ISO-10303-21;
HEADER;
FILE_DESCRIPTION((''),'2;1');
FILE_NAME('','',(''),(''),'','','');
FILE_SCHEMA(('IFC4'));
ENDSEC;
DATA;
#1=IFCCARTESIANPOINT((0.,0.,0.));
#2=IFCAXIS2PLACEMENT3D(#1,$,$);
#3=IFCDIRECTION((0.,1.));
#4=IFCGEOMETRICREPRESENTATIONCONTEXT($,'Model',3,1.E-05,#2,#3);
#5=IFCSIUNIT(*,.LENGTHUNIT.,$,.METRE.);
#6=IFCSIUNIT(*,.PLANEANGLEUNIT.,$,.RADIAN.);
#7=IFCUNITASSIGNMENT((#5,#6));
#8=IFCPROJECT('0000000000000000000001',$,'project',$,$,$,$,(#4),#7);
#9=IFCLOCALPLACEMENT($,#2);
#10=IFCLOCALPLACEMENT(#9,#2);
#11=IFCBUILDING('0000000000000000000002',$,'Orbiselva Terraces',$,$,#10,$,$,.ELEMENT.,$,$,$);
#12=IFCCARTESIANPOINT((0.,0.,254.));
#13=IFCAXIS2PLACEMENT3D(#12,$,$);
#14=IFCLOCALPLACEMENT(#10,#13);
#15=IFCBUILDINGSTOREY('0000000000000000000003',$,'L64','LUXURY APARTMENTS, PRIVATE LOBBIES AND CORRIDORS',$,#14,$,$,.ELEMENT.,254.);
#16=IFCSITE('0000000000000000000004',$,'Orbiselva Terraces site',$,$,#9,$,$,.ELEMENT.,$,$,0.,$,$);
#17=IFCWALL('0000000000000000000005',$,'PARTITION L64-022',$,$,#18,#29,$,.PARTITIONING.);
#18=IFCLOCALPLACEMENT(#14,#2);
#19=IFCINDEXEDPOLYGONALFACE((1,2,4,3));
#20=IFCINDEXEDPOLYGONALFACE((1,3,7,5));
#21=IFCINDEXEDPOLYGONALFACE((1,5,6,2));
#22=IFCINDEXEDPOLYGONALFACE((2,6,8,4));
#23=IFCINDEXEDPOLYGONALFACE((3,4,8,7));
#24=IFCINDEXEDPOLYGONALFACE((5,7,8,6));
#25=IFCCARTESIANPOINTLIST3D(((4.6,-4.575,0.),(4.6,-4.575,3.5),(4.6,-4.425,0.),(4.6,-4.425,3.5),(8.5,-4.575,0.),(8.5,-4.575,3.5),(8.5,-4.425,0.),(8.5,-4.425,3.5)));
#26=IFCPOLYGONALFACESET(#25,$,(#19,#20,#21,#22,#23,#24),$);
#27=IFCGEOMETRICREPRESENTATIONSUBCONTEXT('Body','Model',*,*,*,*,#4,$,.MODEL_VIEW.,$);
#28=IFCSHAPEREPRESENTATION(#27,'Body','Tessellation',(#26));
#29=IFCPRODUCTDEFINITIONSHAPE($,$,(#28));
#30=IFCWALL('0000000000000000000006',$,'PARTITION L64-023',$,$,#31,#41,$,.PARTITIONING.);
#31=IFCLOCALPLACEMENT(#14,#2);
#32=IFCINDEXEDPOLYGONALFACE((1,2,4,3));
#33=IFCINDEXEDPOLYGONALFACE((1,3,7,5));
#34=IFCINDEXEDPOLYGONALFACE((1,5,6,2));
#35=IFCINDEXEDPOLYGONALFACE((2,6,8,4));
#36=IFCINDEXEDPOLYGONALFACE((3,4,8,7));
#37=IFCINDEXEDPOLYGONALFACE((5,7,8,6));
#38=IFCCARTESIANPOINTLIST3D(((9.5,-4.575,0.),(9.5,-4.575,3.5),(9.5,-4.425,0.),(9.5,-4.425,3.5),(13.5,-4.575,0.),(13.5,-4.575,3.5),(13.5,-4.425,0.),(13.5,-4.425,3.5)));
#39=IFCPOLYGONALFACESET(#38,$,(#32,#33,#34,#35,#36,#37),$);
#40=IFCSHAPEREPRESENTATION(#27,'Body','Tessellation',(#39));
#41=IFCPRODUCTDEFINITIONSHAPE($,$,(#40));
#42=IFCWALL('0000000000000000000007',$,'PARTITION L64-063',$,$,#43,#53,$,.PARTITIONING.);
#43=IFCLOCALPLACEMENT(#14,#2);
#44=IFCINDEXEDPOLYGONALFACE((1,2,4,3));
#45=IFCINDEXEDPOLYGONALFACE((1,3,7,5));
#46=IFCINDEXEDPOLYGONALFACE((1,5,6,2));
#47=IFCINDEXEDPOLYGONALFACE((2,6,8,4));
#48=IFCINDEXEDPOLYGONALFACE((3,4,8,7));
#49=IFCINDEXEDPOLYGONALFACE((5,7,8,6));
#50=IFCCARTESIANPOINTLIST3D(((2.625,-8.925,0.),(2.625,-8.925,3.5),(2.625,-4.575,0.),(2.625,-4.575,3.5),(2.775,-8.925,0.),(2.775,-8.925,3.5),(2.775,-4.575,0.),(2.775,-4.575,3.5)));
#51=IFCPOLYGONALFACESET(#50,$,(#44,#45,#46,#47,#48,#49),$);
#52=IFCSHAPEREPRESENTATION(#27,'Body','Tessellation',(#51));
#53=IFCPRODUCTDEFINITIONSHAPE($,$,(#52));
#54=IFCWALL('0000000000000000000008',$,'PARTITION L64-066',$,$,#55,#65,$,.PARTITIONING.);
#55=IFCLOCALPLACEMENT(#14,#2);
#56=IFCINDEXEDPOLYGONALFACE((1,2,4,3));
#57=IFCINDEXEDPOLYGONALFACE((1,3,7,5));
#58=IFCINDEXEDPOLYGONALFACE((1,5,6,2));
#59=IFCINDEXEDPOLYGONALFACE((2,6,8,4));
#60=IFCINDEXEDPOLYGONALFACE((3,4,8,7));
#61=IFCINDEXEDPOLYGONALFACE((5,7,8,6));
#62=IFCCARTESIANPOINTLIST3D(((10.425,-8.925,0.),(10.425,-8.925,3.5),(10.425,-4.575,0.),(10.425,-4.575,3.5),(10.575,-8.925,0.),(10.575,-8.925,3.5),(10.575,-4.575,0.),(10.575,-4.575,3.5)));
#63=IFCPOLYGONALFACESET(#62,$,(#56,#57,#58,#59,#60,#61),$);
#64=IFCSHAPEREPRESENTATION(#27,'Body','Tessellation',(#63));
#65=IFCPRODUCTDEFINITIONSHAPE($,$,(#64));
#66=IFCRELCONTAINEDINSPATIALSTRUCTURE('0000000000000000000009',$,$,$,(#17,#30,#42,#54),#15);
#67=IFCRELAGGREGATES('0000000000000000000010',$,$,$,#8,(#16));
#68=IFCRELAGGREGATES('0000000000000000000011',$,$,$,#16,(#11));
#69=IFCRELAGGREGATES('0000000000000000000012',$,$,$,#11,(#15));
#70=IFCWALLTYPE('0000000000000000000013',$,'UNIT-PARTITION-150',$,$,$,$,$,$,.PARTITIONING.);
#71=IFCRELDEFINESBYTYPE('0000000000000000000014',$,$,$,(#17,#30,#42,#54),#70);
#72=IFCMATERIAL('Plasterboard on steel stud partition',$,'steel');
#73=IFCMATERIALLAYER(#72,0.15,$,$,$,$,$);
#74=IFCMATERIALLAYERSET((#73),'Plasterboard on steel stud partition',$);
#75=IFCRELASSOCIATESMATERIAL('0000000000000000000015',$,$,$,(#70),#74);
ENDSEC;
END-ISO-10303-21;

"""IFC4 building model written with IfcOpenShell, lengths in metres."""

from ifc_helpers import new_model, si_unit, direction, frame, frame_2d, origin, place, context, subcontext, project, spatial, rectangle, extrude, material, layer, layer_set, type_object, element, save


model = new_model("IFC4")

# Units and contexts
model_context = context("Model", 3, precision=1e-05, world=origin(), true_north=direction((0.0, 1.0)))
body_context = subcontext(model_context, "Body", "Model", "MODEL_VIEW")
ifc_project = project(units=[si_unit("LENGTHUNIT", "METRE"), si_unit("PLANEANGLEUNIT", "RADIAN")], contexts=[model_context])

# Site, building, storey
site_placement = place(None, origin())
site = spatial("IfcSite", under=ifc_project, at=site_placement, Name="Orbiselva Terraces site", CompositionType="ELEMENT", RefElevation=0.0)
building_placement = place(site_placement, origin())
building = spatial("IfcBuilding", under=site, at=building_placement, Name="Orbiselva Terraces", CompositionType="ELEMENT")
storey_placement = place(building_placement, frame((0.0, 0.0, 254.0)))
storey = spatial("IfcBuildingStorey", under=building, at=storey_placement, Name="L64", Description="LUXURY APARTMENTS, PRIVATE LOBBIES AND CORRIDORS", CompositionType="ELEMENT", Elevation=254.0)

# Shared definitions
ifc_material_1 = material(Name="Plasterboard on steel stud partition", Category="steel")
ifc_layer_1 = layer(ifc_material_1, 0.15)
ifc_layer_set_1 = layer_set([ifc_layer_1], Name="Plasterboard on steel stud partition")
wall_type_1 = type_object("IfcWallType", Name="UNIT-PARTITION-150", PredefinedType="PARTITIONING", material=ifc_layer_set_1)

# Walls
wall_1_placement = place(storey_placement, frame((4.6, -4.5, 0.0), z_axis=(0.0, 0.0, 1.0), x_axis=(1.0, 0.0, 0.0)))
element("IfcWall", 1, at=wall_1_placement, inside=storey, type_object=wall_type_1, Name="PARTITION L64-022", PredefinedType="PARTITIONING", context=body_context, shape_type="SweptSolid", body=[
    extrude(rectangle(XDim=3.9, YDim=0.15, at=frame_2d((1.95, 0.0))), origin(), (0.0, 0.0, 1.0), 3.5),
])
wall_2_placement = place(storey_placement, frame((9.5, -4.5, 0.0), z_axis=(0.0, 0.0, 1.0), x_axis=(1.0, 0.0, 0.0)))
element("IfcWall", 2, at=wall_2_placement, inside=storey, type_object=wall_type_1, Name="PARTITION L64-023", PredefinedType="PARTITIONING", context=body_context, shape_type="SweptSolid", body=[
    extrude(rectangle(XDim=4.0, YDim=0.15, at=frame_2d((2.0, 0.0))), origin(), (0.0, 0.0, 1.0), 3.5),
])
for number, where, z_axis, x_axis, name in (
    (3, (2.7, -8.925, 0.0), (0.0, 0.0, 1.0), (0.0, 1.0, 0.0), "PARTITION L64-063"),
    (4, (10.5, -8.925, 0.0), (0.0, 0.0, 1.0), (0.0, 1.0, 0.0), "PARTITION L64-066"),
):
    element("IfcWall", number, at=place(storey_placement, frame(where, z_axis=z_axis, x_axis=x_axis)), inside=storey, type_object=wall_type_1, Name=name, PredefinedType="PARTITIONING", context=body_context, shape_type="SweptSolid", body=[
        extrude(rectangle(XDim=4.35, YDim=0.15, at=frame_2d((2.175, 0.0))), origin(), (0.0, 0.0, 1.0), 3.5),
    ])

save(model, "model.ifc")
